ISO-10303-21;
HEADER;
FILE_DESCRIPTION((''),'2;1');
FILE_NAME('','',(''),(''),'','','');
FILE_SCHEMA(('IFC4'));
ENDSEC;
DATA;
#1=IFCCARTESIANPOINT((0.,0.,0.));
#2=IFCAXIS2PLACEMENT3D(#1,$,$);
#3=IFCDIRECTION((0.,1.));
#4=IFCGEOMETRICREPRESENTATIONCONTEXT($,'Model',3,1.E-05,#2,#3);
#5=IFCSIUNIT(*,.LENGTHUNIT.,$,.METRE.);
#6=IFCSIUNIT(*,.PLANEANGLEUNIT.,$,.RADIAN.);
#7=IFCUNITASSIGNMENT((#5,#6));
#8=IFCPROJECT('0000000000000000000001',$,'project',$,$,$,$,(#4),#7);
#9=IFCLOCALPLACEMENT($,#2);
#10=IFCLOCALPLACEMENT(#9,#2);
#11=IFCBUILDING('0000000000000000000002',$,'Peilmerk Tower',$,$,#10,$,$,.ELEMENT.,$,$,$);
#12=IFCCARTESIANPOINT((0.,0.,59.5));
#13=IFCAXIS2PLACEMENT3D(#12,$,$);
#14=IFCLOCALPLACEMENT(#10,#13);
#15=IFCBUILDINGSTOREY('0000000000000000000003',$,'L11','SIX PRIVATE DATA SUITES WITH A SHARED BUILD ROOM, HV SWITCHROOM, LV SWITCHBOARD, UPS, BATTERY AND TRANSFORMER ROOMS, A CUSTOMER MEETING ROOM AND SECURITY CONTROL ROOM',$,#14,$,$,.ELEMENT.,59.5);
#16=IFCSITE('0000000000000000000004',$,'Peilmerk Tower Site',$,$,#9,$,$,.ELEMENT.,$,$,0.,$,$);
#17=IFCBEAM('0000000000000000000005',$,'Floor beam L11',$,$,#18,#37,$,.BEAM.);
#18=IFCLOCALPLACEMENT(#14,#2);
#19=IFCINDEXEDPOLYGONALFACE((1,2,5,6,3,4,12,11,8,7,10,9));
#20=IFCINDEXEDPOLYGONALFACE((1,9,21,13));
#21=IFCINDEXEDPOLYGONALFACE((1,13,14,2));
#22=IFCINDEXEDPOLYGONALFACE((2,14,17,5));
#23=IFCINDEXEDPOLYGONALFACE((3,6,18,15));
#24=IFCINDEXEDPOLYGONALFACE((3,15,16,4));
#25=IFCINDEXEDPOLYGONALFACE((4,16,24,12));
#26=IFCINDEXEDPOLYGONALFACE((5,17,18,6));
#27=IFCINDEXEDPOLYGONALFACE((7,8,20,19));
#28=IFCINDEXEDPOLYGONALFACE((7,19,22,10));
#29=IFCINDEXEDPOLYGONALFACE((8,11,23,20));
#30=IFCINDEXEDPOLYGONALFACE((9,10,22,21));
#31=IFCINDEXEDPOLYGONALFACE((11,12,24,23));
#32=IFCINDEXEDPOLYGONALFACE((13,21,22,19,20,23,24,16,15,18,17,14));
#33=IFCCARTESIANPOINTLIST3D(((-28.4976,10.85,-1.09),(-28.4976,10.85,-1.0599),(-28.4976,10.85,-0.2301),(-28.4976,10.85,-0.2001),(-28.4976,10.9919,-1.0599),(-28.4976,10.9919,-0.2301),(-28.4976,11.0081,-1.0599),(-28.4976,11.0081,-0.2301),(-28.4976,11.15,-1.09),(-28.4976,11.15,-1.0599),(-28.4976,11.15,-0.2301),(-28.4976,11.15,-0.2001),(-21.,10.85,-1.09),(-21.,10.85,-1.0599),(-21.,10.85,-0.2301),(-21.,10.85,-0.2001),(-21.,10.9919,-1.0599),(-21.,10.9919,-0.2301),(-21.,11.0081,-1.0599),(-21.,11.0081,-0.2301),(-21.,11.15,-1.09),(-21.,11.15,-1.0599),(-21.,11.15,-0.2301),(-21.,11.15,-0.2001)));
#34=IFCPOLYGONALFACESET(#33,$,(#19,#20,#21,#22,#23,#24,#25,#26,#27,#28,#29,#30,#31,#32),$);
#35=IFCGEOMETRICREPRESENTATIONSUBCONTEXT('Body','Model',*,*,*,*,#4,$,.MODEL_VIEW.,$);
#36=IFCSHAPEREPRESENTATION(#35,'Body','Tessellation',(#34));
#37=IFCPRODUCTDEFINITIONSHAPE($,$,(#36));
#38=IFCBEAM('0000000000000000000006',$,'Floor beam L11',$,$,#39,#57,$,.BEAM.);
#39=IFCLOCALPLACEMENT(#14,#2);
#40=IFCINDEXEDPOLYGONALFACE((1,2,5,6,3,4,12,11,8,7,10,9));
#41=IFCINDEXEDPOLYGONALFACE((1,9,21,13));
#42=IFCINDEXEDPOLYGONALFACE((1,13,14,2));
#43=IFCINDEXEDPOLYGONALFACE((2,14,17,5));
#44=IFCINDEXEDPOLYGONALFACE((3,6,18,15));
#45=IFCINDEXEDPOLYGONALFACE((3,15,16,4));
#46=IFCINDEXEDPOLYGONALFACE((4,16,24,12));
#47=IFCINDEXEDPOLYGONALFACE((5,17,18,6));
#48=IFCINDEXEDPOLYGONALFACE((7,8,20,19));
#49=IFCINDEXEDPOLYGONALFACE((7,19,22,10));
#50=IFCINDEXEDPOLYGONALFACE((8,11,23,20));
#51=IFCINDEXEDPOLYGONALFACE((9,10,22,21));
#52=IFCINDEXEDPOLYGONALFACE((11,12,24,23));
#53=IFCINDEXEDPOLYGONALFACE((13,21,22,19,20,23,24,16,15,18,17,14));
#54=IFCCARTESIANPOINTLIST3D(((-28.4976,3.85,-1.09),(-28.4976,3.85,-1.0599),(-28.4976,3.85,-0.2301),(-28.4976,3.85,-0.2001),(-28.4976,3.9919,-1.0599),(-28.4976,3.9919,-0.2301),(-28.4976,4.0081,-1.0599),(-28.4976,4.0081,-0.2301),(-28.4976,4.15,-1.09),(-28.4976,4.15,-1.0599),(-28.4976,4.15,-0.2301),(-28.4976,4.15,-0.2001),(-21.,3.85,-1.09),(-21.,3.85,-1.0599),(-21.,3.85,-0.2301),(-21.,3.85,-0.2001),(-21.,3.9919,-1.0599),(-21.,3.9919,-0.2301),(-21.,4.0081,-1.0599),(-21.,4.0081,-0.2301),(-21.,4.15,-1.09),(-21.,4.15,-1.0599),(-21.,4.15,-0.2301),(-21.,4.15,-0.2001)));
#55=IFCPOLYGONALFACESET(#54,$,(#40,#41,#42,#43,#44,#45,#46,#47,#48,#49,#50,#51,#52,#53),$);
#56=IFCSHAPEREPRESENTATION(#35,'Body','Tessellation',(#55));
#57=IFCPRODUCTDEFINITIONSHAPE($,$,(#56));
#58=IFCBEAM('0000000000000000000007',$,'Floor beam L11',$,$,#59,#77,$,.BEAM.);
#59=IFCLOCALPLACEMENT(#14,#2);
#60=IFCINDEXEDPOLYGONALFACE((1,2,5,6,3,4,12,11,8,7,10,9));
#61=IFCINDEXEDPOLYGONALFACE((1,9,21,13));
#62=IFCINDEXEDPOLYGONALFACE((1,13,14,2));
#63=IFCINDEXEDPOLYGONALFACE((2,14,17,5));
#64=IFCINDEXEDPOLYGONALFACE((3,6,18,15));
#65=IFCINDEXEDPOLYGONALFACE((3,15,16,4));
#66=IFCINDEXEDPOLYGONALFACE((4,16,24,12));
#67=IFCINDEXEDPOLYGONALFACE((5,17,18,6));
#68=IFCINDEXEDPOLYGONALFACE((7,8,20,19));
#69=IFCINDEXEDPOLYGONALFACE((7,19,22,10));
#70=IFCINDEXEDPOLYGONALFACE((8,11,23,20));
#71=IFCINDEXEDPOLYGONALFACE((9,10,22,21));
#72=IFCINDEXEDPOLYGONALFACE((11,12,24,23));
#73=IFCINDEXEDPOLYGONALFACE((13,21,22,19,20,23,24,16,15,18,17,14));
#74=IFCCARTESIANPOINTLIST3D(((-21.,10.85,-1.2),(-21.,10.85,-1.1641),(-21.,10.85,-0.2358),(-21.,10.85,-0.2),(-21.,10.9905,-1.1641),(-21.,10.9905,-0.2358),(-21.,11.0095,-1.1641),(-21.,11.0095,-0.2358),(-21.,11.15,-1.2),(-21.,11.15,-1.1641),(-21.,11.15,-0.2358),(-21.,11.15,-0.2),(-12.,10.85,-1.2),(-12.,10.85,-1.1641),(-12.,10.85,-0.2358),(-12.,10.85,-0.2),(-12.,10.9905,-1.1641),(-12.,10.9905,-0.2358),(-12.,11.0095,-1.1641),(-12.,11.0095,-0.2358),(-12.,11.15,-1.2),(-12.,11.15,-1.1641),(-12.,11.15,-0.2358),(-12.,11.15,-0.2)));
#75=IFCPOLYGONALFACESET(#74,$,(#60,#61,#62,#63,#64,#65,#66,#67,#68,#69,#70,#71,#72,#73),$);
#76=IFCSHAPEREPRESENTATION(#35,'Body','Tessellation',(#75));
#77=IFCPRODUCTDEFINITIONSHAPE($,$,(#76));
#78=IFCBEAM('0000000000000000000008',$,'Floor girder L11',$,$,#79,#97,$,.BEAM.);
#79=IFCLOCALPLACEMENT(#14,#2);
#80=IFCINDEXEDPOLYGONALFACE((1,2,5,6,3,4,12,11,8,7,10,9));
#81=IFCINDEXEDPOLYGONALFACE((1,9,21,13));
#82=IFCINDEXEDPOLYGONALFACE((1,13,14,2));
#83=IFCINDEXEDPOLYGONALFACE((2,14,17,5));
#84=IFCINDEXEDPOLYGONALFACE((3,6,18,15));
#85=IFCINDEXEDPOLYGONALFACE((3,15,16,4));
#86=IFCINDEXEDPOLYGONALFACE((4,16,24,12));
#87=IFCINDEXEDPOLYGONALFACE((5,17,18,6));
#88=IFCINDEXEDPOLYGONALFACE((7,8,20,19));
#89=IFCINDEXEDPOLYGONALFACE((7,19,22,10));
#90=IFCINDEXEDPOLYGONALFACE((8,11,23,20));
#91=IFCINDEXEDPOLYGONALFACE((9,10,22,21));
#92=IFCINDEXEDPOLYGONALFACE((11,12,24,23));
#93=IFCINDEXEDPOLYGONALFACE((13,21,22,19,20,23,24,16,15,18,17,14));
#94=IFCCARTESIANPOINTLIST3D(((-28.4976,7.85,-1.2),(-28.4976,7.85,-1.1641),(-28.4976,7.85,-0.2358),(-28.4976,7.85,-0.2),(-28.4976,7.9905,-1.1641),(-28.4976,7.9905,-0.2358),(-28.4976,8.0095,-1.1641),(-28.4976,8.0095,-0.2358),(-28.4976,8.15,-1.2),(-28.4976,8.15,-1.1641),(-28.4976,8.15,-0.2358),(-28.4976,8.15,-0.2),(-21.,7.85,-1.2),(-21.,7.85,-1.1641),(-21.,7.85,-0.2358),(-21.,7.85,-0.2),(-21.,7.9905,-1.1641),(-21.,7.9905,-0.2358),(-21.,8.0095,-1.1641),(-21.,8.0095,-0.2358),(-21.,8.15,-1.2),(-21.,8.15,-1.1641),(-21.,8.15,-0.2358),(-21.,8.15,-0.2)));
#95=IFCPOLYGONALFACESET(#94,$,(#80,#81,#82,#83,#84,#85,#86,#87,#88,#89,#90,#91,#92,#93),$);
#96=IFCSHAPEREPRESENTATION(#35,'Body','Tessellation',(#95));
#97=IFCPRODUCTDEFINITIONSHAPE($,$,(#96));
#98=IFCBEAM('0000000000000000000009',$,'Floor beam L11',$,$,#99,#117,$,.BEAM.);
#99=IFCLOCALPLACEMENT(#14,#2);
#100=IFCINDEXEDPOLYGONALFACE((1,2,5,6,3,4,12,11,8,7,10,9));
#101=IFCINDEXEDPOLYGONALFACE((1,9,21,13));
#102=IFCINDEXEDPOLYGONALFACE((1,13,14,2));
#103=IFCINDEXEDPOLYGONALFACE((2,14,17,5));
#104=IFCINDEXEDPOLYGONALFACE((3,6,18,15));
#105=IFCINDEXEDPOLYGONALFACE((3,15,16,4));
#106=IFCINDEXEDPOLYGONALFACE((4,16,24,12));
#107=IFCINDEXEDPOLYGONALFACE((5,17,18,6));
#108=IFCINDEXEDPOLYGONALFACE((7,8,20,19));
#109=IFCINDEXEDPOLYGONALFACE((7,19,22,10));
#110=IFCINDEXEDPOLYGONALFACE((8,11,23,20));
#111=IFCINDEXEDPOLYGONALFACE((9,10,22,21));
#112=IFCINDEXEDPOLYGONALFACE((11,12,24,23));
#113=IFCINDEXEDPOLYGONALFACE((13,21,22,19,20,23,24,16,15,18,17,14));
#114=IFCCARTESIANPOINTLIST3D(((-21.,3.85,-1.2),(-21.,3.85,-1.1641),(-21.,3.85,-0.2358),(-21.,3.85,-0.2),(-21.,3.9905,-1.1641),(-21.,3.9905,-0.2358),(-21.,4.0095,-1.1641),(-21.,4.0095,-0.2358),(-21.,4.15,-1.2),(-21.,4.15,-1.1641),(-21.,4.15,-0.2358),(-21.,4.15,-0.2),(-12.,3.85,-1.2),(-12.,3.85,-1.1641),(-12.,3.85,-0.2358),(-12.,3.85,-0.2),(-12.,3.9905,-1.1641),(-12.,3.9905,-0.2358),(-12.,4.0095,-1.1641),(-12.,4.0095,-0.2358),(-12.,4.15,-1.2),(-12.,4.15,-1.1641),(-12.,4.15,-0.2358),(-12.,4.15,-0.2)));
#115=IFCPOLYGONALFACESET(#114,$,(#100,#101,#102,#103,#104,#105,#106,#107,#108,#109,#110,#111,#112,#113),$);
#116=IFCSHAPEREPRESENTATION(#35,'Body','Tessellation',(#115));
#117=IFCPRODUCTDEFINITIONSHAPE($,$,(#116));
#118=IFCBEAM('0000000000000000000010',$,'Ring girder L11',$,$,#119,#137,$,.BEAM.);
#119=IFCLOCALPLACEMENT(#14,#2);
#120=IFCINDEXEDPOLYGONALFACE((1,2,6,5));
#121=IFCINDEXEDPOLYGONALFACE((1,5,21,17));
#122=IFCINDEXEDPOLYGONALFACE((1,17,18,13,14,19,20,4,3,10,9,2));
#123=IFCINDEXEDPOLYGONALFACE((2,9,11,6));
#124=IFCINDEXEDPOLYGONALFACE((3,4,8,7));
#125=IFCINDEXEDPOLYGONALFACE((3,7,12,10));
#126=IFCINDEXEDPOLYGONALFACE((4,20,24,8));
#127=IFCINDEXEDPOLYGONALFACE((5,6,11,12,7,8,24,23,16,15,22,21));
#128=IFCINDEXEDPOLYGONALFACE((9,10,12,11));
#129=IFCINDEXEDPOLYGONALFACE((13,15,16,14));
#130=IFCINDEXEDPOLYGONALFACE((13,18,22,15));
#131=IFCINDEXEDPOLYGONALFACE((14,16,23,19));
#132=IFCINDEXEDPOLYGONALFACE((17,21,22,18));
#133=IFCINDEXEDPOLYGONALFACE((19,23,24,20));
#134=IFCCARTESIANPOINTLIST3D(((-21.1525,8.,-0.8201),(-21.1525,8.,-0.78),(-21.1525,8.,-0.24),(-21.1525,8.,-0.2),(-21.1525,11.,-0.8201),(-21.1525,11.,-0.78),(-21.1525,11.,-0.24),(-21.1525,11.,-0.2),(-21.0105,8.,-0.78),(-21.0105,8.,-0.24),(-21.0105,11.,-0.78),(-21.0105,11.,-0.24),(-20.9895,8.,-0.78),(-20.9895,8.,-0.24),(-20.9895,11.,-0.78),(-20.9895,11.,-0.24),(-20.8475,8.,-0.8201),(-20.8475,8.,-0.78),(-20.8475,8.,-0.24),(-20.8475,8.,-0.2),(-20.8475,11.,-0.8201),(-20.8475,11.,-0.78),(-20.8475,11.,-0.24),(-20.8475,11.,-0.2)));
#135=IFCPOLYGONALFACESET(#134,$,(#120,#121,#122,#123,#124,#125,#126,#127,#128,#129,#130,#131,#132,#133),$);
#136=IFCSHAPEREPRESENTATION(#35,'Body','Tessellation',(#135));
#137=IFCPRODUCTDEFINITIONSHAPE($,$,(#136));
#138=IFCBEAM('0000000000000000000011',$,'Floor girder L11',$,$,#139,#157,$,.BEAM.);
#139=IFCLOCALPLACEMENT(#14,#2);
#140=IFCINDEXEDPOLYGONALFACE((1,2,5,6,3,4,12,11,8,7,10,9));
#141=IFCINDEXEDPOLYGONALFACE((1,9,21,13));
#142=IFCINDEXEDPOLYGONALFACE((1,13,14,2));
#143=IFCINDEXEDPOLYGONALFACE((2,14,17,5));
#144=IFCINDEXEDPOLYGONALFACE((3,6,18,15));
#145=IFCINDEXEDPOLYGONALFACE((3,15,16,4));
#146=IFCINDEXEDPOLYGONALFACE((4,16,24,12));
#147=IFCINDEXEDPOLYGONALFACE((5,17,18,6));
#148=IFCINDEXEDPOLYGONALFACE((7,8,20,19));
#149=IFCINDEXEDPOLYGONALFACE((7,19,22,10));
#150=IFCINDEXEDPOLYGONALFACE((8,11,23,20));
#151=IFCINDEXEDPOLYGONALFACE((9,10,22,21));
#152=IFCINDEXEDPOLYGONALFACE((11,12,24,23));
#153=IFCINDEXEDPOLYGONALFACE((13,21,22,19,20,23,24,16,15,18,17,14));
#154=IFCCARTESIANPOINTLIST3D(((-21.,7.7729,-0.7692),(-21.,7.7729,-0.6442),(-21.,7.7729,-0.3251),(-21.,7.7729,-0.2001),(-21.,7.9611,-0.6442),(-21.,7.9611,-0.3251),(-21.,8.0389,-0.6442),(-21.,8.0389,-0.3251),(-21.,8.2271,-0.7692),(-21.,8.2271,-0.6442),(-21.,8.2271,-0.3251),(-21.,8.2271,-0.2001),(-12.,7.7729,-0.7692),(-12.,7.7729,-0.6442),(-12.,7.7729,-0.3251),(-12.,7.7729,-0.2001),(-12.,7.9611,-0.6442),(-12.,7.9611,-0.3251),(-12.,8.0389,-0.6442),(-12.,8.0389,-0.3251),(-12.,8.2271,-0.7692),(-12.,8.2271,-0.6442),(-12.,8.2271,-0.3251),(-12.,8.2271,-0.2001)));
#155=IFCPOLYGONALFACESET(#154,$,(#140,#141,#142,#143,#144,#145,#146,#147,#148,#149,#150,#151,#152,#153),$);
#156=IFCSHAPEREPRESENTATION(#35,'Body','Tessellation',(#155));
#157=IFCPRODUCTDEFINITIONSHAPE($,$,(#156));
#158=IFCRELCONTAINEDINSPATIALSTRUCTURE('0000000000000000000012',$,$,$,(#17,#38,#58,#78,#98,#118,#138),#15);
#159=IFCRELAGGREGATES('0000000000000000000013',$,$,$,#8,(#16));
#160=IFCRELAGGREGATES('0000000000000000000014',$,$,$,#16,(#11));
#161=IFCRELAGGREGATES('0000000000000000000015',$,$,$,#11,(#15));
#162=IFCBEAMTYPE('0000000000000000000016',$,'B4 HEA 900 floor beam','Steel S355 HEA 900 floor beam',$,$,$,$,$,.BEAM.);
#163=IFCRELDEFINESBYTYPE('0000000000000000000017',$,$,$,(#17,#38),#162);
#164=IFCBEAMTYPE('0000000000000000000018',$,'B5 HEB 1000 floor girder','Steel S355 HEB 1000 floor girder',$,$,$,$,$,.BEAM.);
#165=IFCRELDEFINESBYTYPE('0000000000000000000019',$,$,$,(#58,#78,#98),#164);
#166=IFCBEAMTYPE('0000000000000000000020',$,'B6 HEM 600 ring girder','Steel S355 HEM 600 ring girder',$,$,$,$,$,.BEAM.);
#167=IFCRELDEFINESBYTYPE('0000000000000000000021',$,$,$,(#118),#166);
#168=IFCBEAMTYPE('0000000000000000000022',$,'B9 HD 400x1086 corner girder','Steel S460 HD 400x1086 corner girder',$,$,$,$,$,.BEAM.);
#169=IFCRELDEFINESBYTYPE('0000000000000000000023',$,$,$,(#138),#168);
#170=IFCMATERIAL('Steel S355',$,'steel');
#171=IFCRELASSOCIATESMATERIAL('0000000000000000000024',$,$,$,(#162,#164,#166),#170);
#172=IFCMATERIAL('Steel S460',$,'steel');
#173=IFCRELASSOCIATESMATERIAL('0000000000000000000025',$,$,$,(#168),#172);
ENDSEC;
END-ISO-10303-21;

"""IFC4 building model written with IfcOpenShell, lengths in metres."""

from ifc_helpers import new_model, si_unit, direction, frame, origin, origin_2d, place, context, subcontext, project, spatial, i_section, extrude, material, material_profile, profile_set, type_object, element, save


model = new_model("IFC4")

# Units and contexts
model_context = context("Model", 3, precision=1e-05, world=origin(), true_north=direction((0.0, 1.0)))
body_context = subcontext(model_context, "Body", "Model", "MODEL_VIEW")
ifc_project = project(units=[si_unit("LENGTHUNIT", "METRE"), si_unit("PLANEANGLEUNIT", "RADIAN")], contexts=[model_context])

# Site, building, storey
site_placement = place(None, origin())
site = spatial("IfcSite", under=ifc_project, at=site_placement, Name="Peilmerk Tower Site", CompositionType="ELEMENT", RefElevation=0.0)
building_placement = place(site_placement, origin())
building = spatial("IfcBuilding", under=site, at=building_placement, Name="Peilmerk Tower", CompositionType="ELEMENT")
storey_placement = place(building_placement, frame((0.0, 0.0, 59.5)))
storey = spatial("IfcBuildingStorey", under=building, at=storey_placement, Name="L11", Description="SIX PRIVATE DATA SUITES WITH A SHARED BUILD ROOM, HV SWITCHROOM, LV SWITCHBOARD, UPS, BATTERY AND TRANSFORMER ROOMS, A CUSTOMER MEETING ROOM AND SECURITY CONTROL ROOM", CompositionType="ELEMENT", Elevation=59.5)

# Beams
ifc_material_1 = material(Name="Steel S355", Category="steel")
ifc_material_profile_1 = material_profile(ifc_material_1, i_section(OverallWidth=0.3, OverallDepth=0.8899, WebThickness=0.0161, FlangeThickness=0.03, at=origin_2d()), Name="HEA 900")
ifc_profile_set_1 = profile_set([ifc_material_profile_1], Name="Steel S355")
beam_type_1 = type_object("IfcBeamType", Name="B4 HEA 900 floor beam", Description="Steel S355 HEA 900 floor beam", PredefinedType="BEAM", material=ifc_profile_set_1)
for number, where, z_axis, x_axis, name in (
    (1, (-21.0, 11.0, -0.645), (-1.0, 0.0, 0.0), (0.0, -1.0, 0.0), "Floor beam L11"),
    (2, (-21.0, 4.0, -0.645), (-1.0, 0.0, 0.0), (0.0, -1.0, 0.0), "Floor beam L11"),
):
    element("IfcBeam", number, at=place(storey_placement, frame(where, z_axis=z_axis, x_axis=x_axis)), inside=storey, type_object=beam_type_1, Name=name, PredefinedType="BEAM", context=body_context, shape_type="SweptSolid", body=[
        extrude(i_section(OverallWidth=0.3, OverallDepth=0.8899, WebThickness=0.0161, FlangeThickness=0.03, at=origin_2d()), origin(), (0.0, 0.0, 1.0), 7.4976),
    ])
ifc_material_profile_2 = material_profile(ifc_material_1, i_section(OverallWidth=0.3, OverallDepth=1.0, WebThickness=0.019, FlangeThickness=0.0359, at=origin_2d()), Name="HEB 1000")
ifc_profile_set_2 = profile_set([ifc_material_profile_2], Name="Steel S355")
beam_type_2 = type_object("IfcBeamType", Name="B5 HEB 1000 floor girder", Description="Steel S355 HEB 1000 floor girder", PredefinedType="BEAM", material=ifc_profile_set_2)
beam_1_placement = place(storey_placement, frame((-12.0, 11.0, -0.7), z_axis=(-1.0, 0.0, 0.0), x_axis=(0.0, -1.0, 0.0)))
element("IfcBeam", 3, at=beam_1_placement, inside=storey, type_object=beam_type_2, Name="Floor beam L11", PredefinedType="BEAM", context=body_context, shape_type="SweptSolid", body=[
    extrude(i_section(OverallWidth=0.3, OverallDepth=1.0, WebThickness=0.019, FlangeThickness=0.0359, at=origin_2d()), origin(), (0.0, 0.0, 1.0), 9.0),
])
beam_2_placement = place(storey_placement, frame((-21.0, 8.0, -0.7), z_axis=(-1.0, 0.0, 0.0), x_axis=(0.0, -1.0, 0.0)))
element("IfcBeam", 4, at=beam_2_placement, inside=storey, type_object=beam_type_2, Name="Floor girder L11", PredefinedType="BEAM", context=body_context, shape_type="SweptSolid", body=[
    extrude(i_section(OverallWidth=0.3, OverallDepth=1.0, WebThickness=0.019, FlangeThickness=0.0359, at=origin_2d()), origin(), (0.0, 0.0, 1.0), 7.4976),
])
beam_3_placement = place(storey_placement, frame((-12.0, 4.0, -0.7), z_axis=(-1.0, 0.0, 0.0), x_axis=(0.0, -1.0, 0.0)))
element("IfcBeam", 5, at=beam_3_placement, inside=storey, type_object=beam_type_2, Name="Floor beam L11", PredefinedType="BEAM", context=body_context, shape_type="SweptSolid", body=[
    extrude(i_section(OverallWidth=0.3, OverallDepth=1.0, WebThickness=0.019, FlangeThickness=0.0359, at=origin_2d()), origin(), (0.0, 0.0, 1.0), 9.0),
])
ifc_material_profile_3 = material_profile(ifc_material_1, i_section(OverallWidth=0.3049, OverallDepth=0.6201, WebThickness=0.021, FlangeThickness=0.04, at=origin_2d()), Name="HEM 600")
ifc_profile_set_3 = profile_set([ifc_material_profile_3], Name="Steel S355")
beam_type_3 = type_object("IfcBeamType", Name="B6 HEM 600 ring girder", Description="Steel S355 HEM 600 ring girder", PredefinedType="BEAM", material=ifc_profile_set_3)
beam_4_placement = place(storey_placement, frame((-21.0, 11.0, -0.51), z_axis=(0.0, -1.0, 0.0), x_axis=(1.0, 0.0, 0.0)))
element("IfcBeam", 6, at=beam_4_placement, inside=storey, type_object=beam_type_3, Name="Ring girder L11", PredefinedType="BEAM", context=body_context, shape_type="SweptSolid", body=[
    extrude(i_section(OverallWidth=0.3049, OverallDepth=0.6201, WebThickness=0.021, FlangeThickness=0.04, at=origin_2d()), origin(), (0.0, 0.0, 1.0), 3.0),
])
ifc_material_2 = material(Name="Steel S460", Category="steel")
ifc_material_profile_4 = material_profile(ifc_material_2, i_section(OverallWidth=0.4541, OverallDepth=0.5691, WebThickness=0.0779, FlangeThickness=0.125, at=origin_2d()), Name="HD 400x1086")
ifc_profile_set_4 = profile_set([ifc_material_profile_4], Name="Steel S460")
beam_type_4 = type_object("IfcBeamType", Name="B9 HD 400x1086 corner girder", Description="Steel S460 HD 400x1086 corner girder", PredefinedType="BEAM", material=ifc_profile_set_4)
beam_5_placement = place(storey_placement, frame((-12.0, 8.0, -0.4846), z_axis=(-1.0, 0.0, 0.0), x_axis=(0.0, -1.0, 0.0)))
element("IfcBeam", 7, at=beam_5_placement, inside=storey, type_object=beam_type_4, Name="Floor girder L11", PredefinedType="BEAM", context=body_context, shape_type="SweptSolid", body=[
    extrude(i_section(OverallWidth=0.4541, OverallDepth=0.5691, WebThickness=0.0779, FlangeThickness=0.125, at=origin_2d()), origin(), (0.0, 0.0, 1.0), 9.0),
])

save(model, "model.ifc")
